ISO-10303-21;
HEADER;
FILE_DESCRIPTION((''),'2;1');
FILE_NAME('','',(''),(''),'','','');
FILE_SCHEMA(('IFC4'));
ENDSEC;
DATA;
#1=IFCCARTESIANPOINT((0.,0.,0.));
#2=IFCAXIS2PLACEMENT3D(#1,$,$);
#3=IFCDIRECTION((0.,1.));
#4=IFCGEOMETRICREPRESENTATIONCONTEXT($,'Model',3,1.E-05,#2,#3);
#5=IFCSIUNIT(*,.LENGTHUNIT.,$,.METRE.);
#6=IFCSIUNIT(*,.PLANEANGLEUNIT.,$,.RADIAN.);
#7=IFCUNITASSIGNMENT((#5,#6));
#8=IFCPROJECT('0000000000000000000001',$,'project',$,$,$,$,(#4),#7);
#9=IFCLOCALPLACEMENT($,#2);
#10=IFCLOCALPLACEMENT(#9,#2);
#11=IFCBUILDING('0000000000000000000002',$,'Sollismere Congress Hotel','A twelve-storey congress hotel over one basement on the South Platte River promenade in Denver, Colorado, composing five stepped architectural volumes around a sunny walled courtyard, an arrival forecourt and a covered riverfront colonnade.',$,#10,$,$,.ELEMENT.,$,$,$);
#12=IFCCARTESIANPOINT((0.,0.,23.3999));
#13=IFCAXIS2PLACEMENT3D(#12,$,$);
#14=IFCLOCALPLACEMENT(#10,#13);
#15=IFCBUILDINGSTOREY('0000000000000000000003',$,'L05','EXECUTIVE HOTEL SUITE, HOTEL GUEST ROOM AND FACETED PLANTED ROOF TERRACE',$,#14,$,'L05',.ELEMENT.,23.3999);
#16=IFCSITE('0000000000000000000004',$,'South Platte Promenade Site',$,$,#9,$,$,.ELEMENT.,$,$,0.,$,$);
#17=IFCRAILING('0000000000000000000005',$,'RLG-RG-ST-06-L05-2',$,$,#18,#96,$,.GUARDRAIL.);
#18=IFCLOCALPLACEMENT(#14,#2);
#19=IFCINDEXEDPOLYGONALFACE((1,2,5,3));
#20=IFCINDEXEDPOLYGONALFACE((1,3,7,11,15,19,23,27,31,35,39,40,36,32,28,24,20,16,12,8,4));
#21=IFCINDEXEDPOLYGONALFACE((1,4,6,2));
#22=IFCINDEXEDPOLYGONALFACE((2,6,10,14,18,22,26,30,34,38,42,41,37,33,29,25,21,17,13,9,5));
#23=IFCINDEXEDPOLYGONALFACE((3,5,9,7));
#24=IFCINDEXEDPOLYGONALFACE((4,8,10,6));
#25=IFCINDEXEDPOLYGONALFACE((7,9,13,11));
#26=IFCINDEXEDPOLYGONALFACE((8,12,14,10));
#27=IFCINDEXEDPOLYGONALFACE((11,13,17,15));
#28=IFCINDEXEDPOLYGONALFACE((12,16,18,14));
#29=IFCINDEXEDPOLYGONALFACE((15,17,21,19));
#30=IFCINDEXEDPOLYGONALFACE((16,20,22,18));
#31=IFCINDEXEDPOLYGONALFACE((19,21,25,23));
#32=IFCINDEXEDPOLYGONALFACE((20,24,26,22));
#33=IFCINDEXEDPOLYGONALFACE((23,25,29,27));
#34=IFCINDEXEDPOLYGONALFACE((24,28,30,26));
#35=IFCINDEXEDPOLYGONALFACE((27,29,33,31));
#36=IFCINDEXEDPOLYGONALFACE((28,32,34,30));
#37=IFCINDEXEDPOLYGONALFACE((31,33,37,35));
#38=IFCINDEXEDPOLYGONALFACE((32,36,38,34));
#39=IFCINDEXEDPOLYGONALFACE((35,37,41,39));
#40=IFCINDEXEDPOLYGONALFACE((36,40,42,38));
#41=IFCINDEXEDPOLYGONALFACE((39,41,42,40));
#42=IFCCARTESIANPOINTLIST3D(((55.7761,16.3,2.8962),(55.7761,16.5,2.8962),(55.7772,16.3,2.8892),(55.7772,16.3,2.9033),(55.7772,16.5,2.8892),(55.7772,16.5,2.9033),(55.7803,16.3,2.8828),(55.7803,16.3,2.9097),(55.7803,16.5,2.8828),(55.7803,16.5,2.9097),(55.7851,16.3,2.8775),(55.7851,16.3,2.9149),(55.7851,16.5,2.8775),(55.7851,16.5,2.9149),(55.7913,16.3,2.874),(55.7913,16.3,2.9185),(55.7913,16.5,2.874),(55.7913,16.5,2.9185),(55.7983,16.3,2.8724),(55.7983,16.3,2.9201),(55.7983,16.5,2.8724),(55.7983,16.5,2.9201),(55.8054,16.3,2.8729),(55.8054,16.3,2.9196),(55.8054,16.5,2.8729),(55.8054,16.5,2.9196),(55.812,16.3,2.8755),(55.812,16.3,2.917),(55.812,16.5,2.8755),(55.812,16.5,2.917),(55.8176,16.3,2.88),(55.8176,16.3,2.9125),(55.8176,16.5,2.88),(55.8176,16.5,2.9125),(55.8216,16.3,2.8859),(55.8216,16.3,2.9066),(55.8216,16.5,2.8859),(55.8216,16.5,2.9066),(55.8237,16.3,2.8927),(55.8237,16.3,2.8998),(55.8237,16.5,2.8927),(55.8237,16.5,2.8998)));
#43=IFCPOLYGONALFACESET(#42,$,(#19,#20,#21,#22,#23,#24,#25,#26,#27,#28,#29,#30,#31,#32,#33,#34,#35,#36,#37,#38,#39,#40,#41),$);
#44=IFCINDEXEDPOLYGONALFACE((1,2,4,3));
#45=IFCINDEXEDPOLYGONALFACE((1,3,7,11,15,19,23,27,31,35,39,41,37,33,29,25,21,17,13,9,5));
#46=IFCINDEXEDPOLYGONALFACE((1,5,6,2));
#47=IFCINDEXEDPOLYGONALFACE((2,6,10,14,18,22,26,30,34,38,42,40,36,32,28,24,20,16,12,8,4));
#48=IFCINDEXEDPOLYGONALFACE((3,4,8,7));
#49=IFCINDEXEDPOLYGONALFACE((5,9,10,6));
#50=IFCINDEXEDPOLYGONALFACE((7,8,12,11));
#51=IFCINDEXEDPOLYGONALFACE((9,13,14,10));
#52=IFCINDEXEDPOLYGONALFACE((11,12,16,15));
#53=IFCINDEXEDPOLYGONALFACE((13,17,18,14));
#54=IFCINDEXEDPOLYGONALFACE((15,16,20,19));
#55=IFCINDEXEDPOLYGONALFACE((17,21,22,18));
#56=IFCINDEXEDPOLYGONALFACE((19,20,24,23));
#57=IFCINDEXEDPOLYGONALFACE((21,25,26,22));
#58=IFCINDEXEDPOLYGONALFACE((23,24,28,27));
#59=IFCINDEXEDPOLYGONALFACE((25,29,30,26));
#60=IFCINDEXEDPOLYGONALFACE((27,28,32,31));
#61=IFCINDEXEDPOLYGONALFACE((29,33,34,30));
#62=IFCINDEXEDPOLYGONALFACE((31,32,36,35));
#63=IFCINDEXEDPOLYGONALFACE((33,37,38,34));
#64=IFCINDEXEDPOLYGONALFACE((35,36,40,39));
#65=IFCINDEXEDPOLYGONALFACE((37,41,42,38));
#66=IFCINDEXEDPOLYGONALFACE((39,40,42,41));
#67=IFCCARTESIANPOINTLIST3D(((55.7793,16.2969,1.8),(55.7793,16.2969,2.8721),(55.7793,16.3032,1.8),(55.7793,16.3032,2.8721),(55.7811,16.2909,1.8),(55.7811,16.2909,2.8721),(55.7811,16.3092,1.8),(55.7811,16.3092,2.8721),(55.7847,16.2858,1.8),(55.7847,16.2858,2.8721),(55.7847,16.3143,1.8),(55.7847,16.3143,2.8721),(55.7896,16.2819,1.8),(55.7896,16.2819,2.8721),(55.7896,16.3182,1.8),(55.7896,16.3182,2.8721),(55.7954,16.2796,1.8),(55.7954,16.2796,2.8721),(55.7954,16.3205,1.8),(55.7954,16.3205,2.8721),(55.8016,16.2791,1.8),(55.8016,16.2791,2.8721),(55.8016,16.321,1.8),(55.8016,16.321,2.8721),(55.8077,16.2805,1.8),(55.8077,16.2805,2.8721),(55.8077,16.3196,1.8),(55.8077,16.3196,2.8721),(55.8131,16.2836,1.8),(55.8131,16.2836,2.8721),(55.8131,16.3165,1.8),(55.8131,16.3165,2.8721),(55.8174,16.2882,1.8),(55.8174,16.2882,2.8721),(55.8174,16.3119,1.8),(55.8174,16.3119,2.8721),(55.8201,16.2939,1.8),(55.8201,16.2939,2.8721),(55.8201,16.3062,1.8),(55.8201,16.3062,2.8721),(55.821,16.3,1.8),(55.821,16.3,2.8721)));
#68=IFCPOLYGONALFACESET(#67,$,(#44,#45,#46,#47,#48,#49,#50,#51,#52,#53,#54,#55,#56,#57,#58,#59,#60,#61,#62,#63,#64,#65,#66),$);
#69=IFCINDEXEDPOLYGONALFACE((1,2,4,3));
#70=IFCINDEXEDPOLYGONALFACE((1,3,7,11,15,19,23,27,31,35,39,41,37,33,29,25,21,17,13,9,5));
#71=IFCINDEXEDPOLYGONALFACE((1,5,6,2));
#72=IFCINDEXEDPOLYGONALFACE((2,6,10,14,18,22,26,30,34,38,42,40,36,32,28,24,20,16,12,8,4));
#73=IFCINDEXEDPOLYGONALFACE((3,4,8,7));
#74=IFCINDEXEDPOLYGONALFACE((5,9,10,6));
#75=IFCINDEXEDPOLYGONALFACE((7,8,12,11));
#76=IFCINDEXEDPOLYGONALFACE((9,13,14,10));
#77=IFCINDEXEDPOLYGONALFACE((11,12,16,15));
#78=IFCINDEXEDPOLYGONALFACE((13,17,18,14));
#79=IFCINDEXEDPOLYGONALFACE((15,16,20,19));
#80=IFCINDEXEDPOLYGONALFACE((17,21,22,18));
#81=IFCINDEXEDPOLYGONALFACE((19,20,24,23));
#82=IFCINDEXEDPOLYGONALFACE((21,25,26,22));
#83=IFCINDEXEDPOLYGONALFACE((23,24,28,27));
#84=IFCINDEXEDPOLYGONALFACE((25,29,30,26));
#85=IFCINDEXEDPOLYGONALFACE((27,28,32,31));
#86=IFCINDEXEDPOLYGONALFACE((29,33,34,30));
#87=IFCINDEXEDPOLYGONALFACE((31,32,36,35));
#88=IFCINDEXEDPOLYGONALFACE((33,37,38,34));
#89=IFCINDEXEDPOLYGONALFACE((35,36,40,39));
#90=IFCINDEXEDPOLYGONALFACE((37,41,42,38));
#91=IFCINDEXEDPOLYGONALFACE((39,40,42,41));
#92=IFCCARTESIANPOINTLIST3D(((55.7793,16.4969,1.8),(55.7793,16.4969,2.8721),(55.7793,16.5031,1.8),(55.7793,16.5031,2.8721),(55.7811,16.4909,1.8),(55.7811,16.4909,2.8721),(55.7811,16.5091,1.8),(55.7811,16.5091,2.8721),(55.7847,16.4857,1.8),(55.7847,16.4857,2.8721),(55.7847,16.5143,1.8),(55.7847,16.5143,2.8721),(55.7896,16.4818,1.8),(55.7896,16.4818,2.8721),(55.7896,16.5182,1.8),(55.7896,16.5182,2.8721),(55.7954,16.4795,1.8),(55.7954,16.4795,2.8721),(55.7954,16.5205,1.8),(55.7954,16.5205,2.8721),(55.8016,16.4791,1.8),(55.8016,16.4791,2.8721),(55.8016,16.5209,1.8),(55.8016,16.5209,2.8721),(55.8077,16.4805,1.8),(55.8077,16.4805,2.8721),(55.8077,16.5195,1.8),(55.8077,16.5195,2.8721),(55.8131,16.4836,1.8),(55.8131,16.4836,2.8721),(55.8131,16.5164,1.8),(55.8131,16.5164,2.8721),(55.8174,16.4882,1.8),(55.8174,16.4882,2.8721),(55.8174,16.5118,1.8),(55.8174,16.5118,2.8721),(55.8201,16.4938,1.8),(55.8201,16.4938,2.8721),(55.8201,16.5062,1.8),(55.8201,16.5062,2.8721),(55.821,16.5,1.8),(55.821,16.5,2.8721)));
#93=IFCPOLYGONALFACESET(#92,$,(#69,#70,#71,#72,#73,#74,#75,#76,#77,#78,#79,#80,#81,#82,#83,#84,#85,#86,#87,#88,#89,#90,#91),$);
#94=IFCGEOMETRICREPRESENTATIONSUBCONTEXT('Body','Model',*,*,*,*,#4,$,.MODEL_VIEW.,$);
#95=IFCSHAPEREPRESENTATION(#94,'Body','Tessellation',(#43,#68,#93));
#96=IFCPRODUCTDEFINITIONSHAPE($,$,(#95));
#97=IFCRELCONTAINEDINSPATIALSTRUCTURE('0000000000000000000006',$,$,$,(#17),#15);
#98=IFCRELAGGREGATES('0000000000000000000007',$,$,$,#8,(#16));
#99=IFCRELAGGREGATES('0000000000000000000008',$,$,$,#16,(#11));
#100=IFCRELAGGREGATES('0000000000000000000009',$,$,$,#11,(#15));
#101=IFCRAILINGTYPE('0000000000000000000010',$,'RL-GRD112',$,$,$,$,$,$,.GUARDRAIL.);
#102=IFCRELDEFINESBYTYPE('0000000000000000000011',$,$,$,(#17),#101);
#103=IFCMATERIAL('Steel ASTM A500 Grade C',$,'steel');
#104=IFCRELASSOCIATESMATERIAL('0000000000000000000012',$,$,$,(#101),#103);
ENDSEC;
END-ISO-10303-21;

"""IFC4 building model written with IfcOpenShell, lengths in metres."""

from ifc_helpers import new_model, si_unit, direction, frame, origin, origin_2d, place, context, subcontext, project, spatial, circle, extrude, material, type_object, element, save


model = new_model("IFC4")

# Units and contexts
model_context = context("Model", 3, precision=1e-05, world=origin(), true_north=direction((0.0, 1.0)))
body_context = subcontext(model_context, "Body", "Model", "MODEL_VIEW")
ifc_project = project(units=[si_unit("LENGTHUNIT", "METRE"), si_unit("PLANEANGLEUNIT", "RADIAN")], contexts=[model_context])

# Site, building, storey
site_placement = place(None, origin())
site = spatial("IfcSite", under=ifc_project, at=site_placement, Name="South Platte Promenade Site", CompositionType="ELEMENT", RefElevation=0.0)
building_placement = place(site_placement, origin())
building = spatial("IfcBuilding", under=site, at=building_placement, Name="Sollismere Congress Hotel", Description="A twelve-storey congress hotel over one basement on the South Platte River promenade in Denver, Colorado, composing five stepped architectural volumes around a sunny walled courtyard, an arrival forecourt and a covered riverfront colonnade.", CompositionType="ELEMENT")
storey_placement = place(building_placement, frame((0.0, 0.0, 23.3999)))
storey = spatial("IfcBuildingStorey", under=building, at=storey_placement, Name="L05", Description="EXECUTIVE HOTEL SUITE, HOTEL GUEST ROOM AND FACETED PLANTED ROOF TERRACE", LongName="L05", CompositionType="ELEMENT", Elevation=23.3999)

# Railing
ifc_material_1 = material(Name="Steel ASTM A500 Grade C", Category="steel")
railing_type_1 = type_object("IfcRailingType", Name="RL-GRD112", PredefinedType="GUARDRAIL", material=ifc_material_1)
railing_1_placement = place(storey_placement, frame((55.8, 16.3, 1.8)))
element("IfcRailing", 1, at=railing_1_placement, inside=storey, type_object=railing_type_1, Name="RLG-RG-ST-06-L05-2", PredefinedType="GUARDRAIL", context=body_context, shape_type="SweptSolid", body=[
    extrude(circle(Radius=0.0239, at=origin_2d()), frame((0.0, 0.0, 1.0962), z_axis=(0.0, 1.0, 0.0), x_axis=(-1.0, 0.0, 0.0)), (0.0, 0.0, 1.0), 0.2),
    extrude(circle(Radius=0.021, at=origin_2d()), origin(), (0.0, 0.0, 1.0), 1.072),
    extrude(circle(Radius=0.021, at=origin_2d()), frame((0.0, 0.2, 0.0)), (0.0, 0.0, 1.0), 1.072),
])

save(model, "model.ifc")
